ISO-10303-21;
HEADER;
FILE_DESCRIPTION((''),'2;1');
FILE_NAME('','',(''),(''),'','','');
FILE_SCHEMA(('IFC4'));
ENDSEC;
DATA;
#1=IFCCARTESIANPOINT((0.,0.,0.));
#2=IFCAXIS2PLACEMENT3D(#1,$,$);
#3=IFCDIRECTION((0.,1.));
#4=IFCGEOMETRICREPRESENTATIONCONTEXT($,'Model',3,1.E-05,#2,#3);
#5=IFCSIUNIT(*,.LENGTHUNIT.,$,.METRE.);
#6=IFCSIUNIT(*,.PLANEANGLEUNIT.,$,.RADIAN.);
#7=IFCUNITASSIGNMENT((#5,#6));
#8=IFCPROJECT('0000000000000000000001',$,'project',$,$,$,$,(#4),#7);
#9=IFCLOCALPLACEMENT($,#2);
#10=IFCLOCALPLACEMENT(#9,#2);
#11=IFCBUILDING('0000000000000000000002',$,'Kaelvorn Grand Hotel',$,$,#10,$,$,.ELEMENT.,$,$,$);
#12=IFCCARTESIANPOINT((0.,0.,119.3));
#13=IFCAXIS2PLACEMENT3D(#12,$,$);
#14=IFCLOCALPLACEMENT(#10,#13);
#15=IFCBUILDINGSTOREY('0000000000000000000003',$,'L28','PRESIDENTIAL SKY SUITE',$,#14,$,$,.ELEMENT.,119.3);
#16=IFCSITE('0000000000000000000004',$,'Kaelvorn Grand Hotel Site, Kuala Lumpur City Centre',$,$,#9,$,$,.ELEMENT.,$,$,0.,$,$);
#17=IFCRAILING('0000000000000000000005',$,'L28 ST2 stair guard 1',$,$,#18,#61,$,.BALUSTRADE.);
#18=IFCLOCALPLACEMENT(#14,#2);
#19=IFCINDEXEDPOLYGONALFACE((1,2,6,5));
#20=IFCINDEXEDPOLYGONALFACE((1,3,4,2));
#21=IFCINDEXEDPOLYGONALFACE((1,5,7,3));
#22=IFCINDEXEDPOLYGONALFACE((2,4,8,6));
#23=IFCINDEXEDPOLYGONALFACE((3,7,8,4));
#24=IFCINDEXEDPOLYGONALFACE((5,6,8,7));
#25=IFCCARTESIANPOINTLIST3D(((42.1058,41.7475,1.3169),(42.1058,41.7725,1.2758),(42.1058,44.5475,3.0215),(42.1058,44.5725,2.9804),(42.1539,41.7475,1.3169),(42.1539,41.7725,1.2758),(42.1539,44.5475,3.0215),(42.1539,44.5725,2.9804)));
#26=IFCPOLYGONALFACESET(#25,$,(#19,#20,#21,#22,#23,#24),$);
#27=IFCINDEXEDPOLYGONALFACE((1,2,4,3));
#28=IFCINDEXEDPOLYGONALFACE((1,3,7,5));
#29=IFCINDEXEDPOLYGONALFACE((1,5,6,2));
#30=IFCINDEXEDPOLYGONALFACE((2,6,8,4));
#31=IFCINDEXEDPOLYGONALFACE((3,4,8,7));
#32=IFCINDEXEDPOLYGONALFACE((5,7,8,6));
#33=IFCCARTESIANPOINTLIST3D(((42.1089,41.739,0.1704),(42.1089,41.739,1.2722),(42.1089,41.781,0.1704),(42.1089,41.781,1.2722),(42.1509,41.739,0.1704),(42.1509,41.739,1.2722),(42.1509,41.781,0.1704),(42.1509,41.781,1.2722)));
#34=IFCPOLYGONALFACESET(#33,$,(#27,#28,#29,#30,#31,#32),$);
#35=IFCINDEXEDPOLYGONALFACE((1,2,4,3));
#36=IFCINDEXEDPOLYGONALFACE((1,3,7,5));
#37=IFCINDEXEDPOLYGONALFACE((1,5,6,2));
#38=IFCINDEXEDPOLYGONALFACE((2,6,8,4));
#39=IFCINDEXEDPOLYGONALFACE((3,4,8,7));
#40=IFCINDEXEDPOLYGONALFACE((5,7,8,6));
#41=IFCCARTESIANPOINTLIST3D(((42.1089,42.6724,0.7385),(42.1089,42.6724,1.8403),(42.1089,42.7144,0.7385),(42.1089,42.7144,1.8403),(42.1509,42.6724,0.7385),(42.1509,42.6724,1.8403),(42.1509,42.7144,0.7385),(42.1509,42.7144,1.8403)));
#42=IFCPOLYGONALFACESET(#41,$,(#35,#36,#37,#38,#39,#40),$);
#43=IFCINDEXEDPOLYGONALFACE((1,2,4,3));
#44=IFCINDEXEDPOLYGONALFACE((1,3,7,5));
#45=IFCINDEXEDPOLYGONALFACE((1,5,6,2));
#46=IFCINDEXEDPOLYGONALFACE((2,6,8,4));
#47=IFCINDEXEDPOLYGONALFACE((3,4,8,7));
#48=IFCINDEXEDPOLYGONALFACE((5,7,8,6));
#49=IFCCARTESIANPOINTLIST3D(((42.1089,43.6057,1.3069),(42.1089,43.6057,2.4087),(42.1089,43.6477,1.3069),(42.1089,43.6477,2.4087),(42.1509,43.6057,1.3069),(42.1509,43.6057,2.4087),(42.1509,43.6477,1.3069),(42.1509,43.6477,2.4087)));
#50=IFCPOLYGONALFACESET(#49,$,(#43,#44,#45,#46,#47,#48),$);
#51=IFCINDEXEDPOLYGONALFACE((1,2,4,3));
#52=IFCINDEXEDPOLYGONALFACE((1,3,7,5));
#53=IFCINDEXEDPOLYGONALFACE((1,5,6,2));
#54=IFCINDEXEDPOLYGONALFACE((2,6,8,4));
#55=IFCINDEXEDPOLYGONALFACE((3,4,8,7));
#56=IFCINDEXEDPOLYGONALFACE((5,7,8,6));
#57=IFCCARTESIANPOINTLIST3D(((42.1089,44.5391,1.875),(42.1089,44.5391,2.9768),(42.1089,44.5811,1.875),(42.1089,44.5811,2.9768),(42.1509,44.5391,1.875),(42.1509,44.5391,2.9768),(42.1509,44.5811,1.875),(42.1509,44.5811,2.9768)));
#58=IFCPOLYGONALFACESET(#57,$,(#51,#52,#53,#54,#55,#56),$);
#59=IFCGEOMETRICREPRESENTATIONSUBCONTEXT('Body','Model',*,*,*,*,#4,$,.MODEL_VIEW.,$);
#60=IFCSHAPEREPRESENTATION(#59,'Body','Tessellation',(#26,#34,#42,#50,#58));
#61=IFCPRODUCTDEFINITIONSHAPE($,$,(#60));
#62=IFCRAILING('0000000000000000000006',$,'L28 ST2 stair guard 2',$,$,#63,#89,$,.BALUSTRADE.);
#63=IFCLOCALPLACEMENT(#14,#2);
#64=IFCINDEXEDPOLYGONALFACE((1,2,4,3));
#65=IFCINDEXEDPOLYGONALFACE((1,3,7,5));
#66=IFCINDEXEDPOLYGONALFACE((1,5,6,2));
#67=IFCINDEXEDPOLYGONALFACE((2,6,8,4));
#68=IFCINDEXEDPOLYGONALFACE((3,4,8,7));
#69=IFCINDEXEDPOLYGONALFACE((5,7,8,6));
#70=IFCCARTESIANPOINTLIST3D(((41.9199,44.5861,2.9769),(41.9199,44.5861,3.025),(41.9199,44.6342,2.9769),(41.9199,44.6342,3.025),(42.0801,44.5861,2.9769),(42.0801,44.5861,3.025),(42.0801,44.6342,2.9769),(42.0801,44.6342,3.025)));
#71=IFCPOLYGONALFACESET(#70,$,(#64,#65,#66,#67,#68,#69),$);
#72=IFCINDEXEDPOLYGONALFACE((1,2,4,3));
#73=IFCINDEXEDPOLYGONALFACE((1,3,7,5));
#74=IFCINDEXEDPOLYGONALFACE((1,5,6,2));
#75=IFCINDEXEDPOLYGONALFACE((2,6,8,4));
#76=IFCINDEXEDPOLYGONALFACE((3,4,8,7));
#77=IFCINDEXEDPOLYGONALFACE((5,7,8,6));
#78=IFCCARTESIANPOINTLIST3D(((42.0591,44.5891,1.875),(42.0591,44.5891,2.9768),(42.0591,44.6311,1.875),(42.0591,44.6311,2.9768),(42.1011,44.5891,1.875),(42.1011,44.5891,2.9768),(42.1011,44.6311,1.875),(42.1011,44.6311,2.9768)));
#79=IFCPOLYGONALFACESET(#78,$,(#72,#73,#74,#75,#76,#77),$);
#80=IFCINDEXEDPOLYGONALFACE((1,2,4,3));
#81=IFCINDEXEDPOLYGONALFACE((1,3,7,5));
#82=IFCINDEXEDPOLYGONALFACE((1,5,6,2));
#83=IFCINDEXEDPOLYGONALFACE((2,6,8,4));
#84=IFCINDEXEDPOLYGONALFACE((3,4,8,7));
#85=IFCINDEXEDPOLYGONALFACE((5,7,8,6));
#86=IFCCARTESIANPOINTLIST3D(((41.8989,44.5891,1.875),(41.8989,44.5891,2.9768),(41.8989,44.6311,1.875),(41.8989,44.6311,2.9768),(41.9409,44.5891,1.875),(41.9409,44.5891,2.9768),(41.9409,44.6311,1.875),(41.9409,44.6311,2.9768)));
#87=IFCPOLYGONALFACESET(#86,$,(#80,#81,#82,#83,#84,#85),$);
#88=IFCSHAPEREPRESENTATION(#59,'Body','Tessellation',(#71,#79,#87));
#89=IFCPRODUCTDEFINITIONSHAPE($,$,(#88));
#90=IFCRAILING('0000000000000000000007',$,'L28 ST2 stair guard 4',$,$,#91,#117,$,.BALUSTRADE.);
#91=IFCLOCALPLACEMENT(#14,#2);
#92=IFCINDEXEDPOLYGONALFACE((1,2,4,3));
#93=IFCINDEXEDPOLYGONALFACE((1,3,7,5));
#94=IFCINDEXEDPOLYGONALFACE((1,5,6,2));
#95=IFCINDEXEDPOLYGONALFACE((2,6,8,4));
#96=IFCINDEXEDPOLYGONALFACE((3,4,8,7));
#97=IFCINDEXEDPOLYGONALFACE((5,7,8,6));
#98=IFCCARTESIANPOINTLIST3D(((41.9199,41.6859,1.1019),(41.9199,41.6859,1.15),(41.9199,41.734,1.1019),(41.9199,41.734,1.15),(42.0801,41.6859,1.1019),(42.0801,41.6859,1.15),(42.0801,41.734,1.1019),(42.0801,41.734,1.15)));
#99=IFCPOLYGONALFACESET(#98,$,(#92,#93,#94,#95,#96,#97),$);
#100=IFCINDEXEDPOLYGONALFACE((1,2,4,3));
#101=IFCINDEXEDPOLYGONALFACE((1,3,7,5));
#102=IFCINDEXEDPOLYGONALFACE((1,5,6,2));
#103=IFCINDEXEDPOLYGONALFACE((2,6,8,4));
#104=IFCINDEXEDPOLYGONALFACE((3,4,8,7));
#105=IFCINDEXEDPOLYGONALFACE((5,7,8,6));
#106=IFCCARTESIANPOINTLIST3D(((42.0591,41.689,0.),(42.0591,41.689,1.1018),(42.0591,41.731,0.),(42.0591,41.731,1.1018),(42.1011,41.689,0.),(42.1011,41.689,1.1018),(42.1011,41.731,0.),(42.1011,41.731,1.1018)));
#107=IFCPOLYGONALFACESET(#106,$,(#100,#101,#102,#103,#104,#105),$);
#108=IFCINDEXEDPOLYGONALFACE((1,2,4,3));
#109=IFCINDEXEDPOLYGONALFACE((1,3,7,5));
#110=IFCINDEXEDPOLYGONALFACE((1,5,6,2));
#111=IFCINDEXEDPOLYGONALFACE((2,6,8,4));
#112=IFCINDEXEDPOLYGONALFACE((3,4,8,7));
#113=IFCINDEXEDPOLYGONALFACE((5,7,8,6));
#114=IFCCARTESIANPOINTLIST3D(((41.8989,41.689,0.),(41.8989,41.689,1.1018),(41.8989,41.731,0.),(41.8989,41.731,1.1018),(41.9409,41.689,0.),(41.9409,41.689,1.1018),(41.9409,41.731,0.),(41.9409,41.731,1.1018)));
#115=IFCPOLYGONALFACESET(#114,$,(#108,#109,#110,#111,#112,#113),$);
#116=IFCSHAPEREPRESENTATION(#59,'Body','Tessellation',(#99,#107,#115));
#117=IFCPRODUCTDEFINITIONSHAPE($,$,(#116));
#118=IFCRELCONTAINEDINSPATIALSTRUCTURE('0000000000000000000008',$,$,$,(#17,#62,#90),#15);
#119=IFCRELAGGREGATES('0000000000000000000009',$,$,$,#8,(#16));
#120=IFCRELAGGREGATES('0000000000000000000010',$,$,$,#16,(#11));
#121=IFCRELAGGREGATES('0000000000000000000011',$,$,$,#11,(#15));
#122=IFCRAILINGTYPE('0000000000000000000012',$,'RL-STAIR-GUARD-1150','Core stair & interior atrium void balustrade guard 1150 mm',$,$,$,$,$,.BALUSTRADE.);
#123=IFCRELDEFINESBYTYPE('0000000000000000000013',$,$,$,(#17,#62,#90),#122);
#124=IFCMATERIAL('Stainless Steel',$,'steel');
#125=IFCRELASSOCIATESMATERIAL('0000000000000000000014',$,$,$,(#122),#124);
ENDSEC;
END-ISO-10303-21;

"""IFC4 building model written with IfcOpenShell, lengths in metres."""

from ifc_helpers import new_model, si_unit, direction, frame, origin, origin_2d, place, context, subcontext, project, spatial, rectangle, extrude, material, type_object, element, save


model = new_model("IFC4")

# Units and contexts
model_context = context("Model", 3, precision=1e-05, world=origin(), true_north=direction((0.0, 1.0)))
body_context = subcontext(model_context, "Body", "Model", "MODEL_VIEW")
ifc_project = project(units=[si_unit("LENGTHUNIT", "METRE"), si_unit("PLANEANGLEUNIT", "RADIAN")], contexts=[model_context])

# Site, building, storey
site_placement = place(None, origin())
site = spatial("IfcSite", under=ifc_project, at=site_placement, Name="Kaelvorn Grand Hotel Site, Kuala Lumpur City Centre", CompositionType="ELEMENT", RefElevation=0.0)
building_placement = place(site_placement, origin())
building = spatial("IfcBuilding", under=site, at=building_placement, Name="Kaelvorn Grand Hotel", CompositionType="ELEMENT")
storey_placement = place(building_placement, frame((0.0, 0.0, 119.3)))
storey = spatial("IfcBuildingStorey", under=building, at=storey_placement, Name="L28", Description="PRESIDENTIAL SKY SUITE", CompositionType="ELEMENT", Elevation=119.3)

# Railings
ifc_material_1 = material(Name="Stainless Steel", Category="steel")
railing_type_1 = type_object("IfcRailingType", Name="RL-STAIR-GUARD-1150", Description="Core stair & interior atrium void balustrade guard 1150 mm", PredefinedType="BALUSTRADE", material=ifc_material_1)
railing_1_placement = place(storey_placement, frame((42.1299, 41.76, 0.1704)))
element("IfcRailing", 1, at=railing_1_placement, inside=storey, type_object=railing_type_1, Name="L28 ST2 stair guard 1", PredefinedType="BALUSTRADE", context=body_context, shape_type="SweptSolid", body=[
    extrude(rectangle(XDim=0.0481, YDim=0.0481, at=origin_2d()), frame((0.0, 0.0, 1.126), z_axis=(0.0, 0.85417, 0.519994), x_axis=(-1.0, 0.0, 0.0)), (0.0, 0.0, 1.0), 3.2781),
    extrude(rectangle(XDim=0.042, YDim=0.042, at=origin_2d()), origin(), (0.0, 0.0, 1.0), 1.1018),
    extrude(rectangle(XDim=0.042, YDim=0.042, at=origin_2d()), frame((0.0, 0.9333, 0.5681)), (0.0, 0.0, 1.0), 1.1018),
    extrude(rectangle(XDim=0.042, YDim=0.042, at=origin_2d()), frame((0.0, 1.8667, 1.1365)), (0.0, 0.0, 1.0), 1.1018),
    extrude(rectangle(XDim=0.042, YDim=0.042, at=origin_2d()), frame((0.0, 2.8, 1.7046)), (0.0, 0.0, 1.0), 1.1018),
])
for number, where, name in (
    (2, (42.0801, 44.6101, 1.875), "L28 ST2 stair guard 2"),
    (3, (42.0801, 41.71, 0.0), "L28 ST2 stair guard 4"),
):
    element("IfcRailing", number, at=place(storey_placement, frame(where)), inside=storey, type_object=railing_type_1, Name=name, PredefinedType="BALUSTRADE", context=body_context, shape_type="SweptSolid", body=[
        extrude(rectangle(XDim=0.0481, YDim=0.0481, at=origin_2d()), frame((0.0, 0.0, 1.126), z_axis=(-1.0, 0.0, 0.0), x_axis=(0.0, -1.0, 0.0)), (0.0, 0.0, 1.0), 0.1602),
        extrude(rectangle(XDim=0.042, YDim=0.042, at=origin_2d()), origin(), (0.0, 0.0, 1.0), 1.1018),
        extrude(rectangle(XDim=0.042, YDim=0.042, at=origin_2d()), frame((-0.1602, 0.0, 0.0)), (0.0, 0.0, 1.0), 1.1018),
    ])

save(model, "model.ifc")
